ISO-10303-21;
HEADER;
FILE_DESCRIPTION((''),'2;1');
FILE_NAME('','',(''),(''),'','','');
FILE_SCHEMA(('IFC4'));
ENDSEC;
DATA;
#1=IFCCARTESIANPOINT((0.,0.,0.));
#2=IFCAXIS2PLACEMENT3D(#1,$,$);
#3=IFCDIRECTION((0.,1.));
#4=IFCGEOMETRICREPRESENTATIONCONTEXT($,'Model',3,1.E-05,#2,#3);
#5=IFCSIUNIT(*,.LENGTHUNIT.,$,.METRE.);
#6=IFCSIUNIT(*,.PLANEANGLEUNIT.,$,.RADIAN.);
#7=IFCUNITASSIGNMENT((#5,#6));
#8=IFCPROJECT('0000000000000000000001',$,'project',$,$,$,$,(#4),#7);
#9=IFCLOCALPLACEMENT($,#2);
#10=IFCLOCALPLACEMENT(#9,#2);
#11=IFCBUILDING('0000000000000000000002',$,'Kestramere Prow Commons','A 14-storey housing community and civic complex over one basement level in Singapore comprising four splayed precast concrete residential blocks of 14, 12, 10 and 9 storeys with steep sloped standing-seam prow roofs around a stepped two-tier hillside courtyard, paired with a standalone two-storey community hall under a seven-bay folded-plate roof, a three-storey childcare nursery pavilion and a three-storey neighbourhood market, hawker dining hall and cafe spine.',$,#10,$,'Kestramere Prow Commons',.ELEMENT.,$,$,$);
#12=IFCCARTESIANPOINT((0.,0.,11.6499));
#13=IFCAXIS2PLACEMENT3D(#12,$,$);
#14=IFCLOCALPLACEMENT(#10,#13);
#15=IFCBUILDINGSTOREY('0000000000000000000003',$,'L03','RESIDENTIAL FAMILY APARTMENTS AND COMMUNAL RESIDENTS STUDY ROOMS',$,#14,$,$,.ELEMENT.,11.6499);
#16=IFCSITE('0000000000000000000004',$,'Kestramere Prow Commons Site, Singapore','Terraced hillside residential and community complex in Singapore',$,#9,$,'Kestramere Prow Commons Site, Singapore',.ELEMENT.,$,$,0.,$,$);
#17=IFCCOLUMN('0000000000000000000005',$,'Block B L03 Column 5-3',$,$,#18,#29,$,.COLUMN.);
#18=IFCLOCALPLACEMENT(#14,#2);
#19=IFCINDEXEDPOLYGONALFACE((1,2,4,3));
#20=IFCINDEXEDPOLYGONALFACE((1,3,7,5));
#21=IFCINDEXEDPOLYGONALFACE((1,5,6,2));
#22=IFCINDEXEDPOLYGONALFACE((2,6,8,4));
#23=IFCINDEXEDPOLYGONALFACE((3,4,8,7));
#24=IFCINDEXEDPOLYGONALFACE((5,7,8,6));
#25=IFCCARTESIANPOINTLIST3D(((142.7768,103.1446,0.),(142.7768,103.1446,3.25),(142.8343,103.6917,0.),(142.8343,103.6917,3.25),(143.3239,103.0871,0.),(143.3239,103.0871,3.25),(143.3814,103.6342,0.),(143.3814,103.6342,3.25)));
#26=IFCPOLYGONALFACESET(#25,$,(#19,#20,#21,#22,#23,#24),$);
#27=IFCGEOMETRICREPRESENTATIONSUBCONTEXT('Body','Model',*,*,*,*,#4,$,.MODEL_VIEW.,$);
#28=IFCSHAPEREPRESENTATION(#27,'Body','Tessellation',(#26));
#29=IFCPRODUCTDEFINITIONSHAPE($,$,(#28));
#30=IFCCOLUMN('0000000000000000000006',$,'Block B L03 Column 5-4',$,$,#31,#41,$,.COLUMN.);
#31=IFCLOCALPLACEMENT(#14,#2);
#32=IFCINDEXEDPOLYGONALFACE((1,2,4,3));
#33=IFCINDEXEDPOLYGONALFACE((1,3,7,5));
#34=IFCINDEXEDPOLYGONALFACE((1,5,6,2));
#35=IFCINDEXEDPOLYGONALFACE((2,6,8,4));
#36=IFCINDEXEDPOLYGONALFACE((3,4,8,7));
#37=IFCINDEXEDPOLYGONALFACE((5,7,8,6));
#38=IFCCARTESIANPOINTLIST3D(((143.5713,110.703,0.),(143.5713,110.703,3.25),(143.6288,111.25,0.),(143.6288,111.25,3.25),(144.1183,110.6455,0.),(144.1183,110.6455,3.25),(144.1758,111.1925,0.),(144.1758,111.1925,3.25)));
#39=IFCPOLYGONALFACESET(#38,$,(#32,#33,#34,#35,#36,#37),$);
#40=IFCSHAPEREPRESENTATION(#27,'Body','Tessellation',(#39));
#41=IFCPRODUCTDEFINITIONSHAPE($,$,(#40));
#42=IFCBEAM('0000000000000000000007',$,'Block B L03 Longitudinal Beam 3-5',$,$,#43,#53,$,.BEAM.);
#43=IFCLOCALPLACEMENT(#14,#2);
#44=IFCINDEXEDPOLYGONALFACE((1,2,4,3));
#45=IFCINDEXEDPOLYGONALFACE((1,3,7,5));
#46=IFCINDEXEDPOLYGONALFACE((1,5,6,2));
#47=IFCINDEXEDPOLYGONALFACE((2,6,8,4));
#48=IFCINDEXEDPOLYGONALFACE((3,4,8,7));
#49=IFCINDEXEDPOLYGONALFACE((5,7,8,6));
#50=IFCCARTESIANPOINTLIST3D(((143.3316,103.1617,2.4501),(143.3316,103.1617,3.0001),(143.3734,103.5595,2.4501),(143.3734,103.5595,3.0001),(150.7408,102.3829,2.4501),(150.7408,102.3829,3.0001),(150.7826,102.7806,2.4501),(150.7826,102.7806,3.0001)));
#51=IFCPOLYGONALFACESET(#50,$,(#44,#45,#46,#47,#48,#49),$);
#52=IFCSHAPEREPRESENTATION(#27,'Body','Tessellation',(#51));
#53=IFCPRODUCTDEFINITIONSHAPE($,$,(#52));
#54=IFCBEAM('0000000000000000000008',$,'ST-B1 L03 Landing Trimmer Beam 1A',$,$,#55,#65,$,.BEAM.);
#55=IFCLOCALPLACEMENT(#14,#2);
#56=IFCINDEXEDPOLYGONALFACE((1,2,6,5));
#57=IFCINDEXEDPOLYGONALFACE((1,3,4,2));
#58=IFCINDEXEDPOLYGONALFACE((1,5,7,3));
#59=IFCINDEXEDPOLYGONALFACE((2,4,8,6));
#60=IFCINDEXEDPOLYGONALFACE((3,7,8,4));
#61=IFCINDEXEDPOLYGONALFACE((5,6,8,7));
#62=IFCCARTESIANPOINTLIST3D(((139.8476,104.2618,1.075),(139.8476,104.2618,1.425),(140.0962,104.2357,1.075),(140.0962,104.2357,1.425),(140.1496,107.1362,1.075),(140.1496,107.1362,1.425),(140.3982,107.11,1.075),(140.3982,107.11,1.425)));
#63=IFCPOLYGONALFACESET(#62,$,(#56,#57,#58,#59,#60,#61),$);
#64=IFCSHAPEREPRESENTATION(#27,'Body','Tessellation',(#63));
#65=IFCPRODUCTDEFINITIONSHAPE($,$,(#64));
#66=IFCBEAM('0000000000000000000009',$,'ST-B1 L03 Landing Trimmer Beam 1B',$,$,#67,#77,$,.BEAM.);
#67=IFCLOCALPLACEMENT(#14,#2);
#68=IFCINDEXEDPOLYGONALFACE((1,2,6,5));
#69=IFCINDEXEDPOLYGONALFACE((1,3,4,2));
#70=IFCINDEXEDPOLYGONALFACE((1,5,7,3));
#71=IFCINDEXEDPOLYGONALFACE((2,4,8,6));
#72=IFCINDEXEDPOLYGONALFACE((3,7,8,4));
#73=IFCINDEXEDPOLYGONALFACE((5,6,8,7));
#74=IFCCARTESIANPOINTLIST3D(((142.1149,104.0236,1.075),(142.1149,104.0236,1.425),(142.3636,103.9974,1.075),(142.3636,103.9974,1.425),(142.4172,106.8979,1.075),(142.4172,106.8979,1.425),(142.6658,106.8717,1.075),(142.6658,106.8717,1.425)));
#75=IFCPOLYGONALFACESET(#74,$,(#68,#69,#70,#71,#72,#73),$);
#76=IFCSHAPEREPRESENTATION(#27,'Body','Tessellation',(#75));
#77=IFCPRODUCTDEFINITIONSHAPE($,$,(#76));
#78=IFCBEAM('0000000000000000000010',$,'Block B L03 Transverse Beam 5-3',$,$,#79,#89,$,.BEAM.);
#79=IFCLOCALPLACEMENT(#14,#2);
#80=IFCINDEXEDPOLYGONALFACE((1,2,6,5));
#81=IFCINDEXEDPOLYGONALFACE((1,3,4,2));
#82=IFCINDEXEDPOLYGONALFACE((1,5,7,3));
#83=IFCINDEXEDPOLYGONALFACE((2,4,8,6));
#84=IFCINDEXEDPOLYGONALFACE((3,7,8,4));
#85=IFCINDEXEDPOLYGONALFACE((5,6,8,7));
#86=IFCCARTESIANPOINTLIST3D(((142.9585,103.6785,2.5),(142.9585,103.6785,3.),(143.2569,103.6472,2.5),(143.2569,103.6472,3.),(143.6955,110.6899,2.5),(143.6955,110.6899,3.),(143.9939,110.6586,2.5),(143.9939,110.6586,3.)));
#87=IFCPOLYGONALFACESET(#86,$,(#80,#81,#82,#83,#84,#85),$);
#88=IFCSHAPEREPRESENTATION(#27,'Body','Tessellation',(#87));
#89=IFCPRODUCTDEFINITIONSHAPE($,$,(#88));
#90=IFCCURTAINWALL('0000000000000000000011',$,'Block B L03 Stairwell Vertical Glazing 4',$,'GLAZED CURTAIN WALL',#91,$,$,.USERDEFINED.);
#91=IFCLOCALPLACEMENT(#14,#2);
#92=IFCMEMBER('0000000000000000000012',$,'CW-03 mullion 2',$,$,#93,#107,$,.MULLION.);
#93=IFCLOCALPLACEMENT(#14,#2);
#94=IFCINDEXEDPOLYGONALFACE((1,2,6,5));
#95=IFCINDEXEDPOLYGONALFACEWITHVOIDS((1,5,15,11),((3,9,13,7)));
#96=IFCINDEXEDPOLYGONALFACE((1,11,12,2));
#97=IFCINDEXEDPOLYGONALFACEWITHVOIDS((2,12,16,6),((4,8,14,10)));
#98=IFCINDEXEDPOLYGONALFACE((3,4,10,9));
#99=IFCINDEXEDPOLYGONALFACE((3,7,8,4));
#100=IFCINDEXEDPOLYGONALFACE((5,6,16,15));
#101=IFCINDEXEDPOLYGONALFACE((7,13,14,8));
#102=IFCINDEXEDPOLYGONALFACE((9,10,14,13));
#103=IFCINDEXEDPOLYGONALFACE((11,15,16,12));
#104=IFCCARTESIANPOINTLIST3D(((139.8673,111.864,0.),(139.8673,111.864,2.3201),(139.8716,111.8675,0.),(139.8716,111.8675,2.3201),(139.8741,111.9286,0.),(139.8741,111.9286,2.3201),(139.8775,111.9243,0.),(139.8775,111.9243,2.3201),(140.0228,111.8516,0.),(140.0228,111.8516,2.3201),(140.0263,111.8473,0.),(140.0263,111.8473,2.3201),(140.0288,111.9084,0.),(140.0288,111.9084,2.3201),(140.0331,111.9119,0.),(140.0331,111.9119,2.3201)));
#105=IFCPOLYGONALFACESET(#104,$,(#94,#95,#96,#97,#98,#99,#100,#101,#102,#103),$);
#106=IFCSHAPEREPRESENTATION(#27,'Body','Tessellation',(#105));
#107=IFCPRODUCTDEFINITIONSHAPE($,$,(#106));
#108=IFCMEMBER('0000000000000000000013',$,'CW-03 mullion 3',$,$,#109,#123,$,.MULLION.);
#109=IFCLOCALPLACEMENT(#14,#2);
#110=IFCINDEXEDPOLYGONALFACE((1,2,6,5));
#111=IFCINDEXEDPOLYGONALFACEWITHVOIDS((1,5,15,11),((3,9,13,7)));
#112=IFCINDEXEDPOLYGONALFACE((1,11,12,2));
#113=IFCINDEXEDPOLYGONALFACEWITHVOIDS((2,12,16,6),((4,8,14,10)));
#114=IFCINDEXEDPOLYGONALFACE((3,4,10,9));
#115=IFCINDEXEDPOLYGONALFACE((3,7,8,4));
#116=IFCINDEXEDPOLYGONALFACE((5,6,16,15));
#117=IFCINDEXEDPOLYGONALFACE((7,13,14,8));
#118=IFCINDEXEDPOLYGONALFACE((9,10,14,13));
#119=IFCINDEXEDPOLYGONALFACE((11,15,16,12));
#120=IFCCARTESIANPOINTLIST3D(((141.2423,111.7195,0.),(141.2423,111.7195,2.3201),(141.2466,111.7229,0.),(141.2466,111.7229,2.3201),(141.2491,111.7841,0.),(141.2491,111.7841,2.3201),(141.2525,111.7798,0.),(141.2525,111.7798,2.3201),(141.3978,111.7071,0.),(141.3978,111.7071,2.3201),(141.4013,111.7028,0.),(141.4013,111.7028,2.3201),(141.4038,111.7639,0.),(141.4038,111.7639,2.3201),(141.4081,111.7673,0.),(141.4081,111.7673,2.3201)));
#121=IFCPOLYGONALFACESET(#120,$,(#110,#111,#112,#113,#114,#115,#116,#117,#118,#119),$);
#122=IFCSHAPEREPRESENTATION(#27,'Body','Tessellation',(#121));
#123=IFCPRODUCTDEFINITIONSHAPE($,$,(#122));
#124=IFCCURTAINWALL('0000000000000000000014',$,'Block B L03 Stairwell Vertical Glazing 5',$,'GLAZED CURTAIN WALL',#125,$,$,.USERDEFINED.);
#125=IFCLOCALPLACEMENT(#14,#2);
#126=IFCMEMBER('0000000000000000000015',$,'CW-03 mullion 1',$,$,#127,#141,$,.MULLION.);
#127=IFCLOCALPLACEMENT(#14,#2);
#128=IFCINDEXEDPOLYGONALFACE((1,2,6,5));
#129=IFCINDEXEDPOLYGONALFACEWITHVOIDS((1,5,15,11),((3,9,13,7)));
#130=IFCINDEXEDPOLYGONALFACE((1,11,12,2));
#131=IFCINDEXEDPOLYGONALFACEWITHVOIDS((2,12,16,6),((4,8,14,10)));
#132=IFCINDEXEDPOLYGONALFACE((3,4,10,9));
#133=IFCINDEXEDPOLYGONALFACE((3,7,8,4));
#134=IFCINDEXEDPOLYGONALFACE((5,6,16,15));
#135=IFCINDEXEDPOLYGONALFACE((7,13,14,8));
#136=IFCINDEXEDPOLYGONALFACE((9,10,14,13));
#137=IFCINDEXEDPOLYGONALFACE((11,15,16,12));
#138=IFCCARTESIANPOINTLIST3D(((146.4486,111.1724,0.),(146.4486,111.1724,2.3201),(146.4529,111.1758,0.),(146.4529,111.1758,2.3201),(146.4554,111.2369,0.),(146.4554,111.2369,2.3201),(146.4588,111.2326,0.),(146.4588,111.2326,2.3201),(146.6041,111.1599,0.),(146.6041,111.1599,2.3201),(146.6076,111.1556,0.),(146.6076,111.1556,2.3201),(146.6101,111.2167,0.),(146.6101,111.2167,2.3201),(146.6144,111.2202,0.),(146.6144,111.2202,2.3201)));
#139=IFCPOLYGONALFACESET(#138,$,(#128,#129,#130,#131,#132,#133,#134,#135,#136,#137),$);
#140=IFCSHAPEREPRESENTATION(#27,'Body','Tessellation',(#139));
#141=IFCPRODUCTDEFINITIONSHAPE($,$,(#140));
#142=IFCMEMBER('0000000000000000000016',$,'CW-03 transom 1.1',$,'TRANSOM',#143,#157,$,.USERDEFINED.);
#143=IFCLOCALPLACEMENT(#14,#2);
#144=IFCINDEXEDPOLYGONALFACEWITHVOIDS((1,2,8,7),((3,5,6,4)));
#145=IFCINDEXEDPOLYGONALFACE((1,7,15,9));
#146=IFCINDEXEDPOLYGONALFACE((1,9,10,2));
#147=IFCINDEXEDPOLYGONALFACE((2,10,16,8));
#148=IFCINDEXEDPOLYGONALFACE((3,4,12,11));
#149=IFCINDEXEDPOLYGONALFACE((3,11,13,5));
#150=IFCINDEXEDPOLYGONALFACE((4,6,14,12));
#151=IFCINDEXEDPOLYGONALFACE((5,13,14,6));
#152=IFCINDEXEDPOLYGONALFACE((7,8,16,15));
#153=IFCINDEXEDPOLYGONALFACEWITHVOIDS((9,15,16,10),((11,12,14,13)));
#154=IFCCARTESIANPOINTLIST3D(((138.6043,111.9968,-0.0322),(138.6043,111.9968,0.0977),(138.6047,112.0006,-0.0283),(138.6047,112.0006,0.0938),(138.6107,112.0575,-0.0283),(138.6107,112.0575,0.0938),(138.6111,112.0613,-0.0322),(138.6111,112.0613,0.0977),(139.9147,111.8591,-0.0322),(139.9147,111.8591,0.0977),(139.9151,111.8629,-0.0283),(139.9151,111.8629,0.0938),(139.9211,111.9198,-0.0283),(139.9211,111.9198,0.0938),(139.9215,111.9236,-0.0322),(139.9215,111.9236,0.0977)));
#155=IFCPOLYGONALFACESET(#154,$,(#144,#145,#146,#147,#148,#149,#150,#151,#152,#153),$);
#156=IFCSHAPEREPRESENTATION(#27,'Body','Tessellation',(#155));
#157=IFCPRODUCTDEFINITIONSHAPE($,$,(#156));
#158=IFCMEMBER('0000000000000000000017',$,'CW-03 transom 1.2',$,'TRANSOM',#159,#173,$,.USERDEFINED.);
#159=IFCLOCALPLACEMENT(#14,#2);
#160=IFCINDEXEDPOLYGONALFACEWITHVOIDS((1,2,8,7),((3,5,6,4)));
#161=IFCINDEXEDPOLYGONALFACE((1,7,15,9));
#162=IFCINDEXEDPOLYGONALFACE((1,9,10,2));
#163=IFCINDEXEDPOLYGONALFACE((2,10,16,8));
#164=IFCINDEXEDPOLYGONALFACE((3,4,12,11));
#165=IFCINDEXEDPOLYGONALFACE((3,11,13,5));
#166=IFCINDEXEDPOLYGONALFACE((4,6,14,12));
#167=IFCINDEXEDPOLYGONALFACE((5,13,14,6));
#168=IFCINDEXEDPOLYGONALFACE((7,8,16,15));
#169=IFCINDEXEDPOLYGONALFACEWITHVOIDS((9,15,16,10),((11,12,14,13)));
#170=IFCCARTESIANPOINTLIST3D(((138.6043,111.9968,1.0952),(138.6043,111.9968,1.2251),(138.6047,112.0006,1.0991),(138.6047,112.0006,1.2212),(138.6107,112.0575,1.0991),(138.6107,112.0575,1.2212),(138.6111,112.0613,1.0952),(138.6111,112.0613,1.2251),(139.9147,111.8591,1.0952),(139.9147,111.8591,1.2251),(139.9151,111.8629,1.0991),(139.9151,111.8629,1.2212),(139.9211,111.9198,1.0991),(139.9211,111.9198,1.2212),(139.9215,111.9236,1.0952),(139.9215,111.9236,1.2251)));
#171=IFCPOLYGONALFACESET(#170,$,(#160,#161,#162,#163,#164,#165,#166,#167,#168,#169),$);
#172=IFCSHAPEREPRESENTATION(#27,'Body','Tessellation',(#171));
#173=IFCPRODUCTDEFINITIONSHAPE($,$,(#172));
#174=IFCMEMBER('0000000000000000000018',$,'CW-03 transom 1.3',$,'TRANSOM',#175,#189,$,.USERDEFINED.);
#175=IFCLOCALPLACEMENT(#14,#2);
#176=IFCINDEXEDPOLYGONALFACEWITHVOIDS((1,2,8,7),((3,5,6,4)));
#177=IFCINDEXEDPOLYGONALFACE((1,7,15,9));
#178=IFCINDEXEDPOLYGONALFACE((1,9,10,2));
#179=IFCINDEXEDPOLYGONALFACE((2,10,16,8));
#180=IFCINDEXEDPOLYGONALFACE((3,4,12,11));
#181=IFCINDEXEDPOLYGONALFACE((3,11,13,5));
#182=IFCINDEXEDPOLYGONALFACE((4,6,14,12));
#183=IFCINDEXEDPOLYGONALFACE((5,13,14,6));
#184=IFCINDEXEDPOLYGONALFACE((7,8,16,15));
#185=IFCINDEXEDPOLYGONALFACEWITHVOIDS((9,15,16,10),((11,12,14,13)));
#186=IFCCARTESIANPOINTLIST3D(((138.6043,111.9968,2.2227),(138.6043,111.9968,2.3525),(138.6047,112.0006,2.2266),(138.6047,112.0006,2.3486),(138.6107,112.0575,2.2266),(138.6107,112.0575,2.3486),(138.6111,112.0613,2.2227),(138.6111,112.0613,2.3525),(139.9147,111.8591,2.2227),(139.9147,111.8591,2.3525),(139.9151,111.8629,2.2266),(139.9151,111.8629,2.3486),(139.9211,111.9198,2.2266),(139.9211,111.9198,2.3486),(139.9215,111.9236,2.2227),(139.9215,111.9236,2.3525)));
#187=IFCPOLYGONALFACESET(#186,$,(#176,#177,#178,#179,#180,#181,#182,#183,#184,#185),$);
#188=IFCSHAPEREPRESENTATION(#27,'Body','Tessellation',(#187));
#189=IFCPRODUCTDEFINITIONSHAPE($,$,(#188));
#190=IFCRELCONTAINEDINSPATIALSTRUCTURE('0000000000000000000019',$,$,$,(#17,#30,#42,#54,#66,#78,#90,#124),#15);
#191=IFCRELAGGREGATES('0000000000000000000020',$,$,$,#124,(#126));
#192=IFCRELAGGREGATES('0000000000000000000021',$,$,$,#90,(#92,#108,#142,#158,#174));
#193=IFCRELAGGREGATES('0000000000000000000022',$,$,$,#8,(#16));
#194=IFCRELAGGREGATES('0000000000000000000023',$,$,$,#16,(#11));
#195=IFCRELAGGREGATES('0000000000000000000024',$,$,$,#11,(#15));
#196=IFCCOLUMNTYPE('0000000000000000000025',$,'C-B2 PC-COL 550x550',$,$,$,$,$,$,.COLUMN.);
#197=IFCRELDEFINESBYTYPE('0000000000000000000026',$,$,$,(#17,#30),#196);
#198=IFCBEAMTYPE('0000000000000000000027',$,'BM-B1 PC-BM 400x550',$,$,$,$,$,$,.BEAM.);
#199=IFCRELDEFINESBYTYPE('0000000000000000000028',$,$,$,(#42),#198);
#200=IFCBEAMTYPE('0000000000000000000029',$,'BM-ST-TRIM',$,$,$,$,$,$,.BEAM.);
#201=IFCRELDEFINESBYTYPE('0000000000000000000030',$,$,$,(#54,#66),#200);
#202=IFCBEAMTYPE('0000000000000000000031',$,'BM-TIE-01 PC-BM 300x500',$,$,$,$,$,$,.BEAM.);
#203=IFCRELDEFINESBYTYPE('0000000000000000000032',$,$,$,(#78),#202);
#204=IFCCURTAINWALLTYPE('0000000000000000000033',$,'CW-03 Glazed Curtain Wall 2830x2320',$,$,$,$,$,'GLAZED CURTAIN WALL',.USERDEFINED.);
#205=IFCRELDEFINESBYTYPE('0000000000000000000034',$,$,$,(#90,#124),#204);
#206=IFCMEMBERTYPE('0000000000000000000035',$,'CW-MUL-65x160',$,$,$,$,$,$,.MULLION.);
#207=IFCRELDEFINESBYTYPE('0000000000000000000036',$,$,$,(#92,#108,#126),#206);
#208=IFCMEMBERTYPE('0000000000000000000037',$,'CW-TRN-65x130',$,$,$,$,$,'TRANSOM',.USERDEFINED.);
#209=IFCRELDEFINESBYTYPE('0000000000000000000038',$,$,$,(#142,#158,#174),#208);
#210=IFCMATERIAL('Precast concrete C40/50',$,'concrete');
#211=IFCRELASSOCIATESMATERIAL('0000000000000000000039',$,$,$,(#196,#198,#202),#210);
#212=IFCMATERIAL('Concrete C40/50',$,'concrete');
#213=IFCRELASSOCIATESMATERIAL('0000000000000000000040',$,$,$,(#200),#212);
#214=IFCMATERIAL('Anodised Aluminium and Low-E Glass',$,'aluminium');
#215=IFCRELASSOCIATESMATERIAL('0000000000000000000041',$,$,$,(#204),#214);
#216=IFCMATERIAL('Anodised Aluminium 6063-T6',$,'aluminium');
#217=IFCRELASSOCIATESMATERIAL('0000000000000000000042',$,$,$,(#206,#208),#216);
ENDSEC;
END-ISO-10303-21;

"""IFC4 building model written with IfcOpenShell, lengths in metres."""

from ifc_helpers import new_model, si_unit, direction, frame, origin, origin_2d, place, context, subcontext, project, spatial, rectangle, hollow_rectangle, extrude, material, material_profile, profile_set, type_object, element, aggregate, save


model = new_model("IFC4")

# Units and contexts
model_context = context("Model", 3, precision=1e-05, world=origin(), true_north=direction((0.0, 1.0)))
body_context = subcontext(model_context, "Body", "Model", "MODEL_VIEW")
ifc_project = project(units=[si_unit("LENGTHUNIT", "METRE"), si_unit("PLANEANGLEUNIT", "RADIAN")], contexts=[model_context])

# Site, building, storey
site_placement = place(None, origin())
site = spatial("IfcSite", under=ifc_project, at=site_placement, Name="Kestramere Prow Commons Site, Singapore", Description="Terraced hillside residential and community complex in Singapore", LongName="Kestramere Prow Commons Site, Singapore", CompositionType="ELEMENT", RefElevation=0.0)
building_placement = place(site_placement, origin())
building = spatial("IfcBuilding", under=site, at=building_placement, Name="Kestramere Prow Commons", Description="A 14-storey housing community and civic complex over one basement level in Singapore comprising four splayed precast concrete residential blocks of 14, 12, 10 and 9 storeys with steep sloped standing-seam prow roofs around a stepped two-tier hillside courtyard, paired with a standalone two-storey community hall under a seven-bay folded-plate roof, a three-storey childcare nursery pavilion and a three-storey neighbourhood market, hawker dining hall and cafe spine.", LongName="Kestramere Prow Commons", CompositionType="ELEMENT")
storey_placement = place(building_placement, frame((0.0, 0.0, 11.6499)))
storey = spatial("IfcBuildingStorey", under=building, at=storey_placement, Name="L03", Description="RESIDENTIAL FAMILY APARTMENTS AND COMMUNAL RESIDENTS STUDY ROOMS", CompositionType="ELEMENT", Elevation=11.6499)

# Columns
ifc_material_1 = material(Name="Precast concrete C40/50", Category="concrete")
ifc_material_profile_1 = material_profile(ifc_material_1, rectangle(XDim=0.55, YDim=0.55, at=origin_2d()), Name="PC-COL 550x550")
ifc_profile_set_1 = profile_set([ifc_material_profile_1], Name="Precast concrete C40/50")
column_type = type_object("IfcColumnType", Name="C-B2 PC-COL 550x550", PredefinedType="COLUMN", material=ifc_profile_set_1)
for number, where, z_axis, x_axis, name in (
    (1, (143.0791, 103.3894, 0.0), (0.0, 0.0, 1.0), (0.994522, -0.104528, 0.0), "Block B L03 Column 5-3"),
    (2, (143.8735, 110.9478, 0.0), (0.0, 0.0, 1.0), (0.994522, -0.104528, 0.0), "Block B L03 Column 5-4"),
):
    element("IfcColumn", number, at=place(storey_placement, frame(where, z_axis=z_axis, x_axis=x_axis)), inside=storey, type_object=column_type, Name=name, PredefinedType="COLUMN", context=body_context, shape_type="SweptSolid", body=[
        extrude(rectangle(XDim=0.55, YDim=0.55, at=origin_2d()), origin(), (0.0, 0.0, 1.0), 3.25),
    ])

# Beams
ifc_material_profile_2 = material_profile(ifc_material_1, rectangle(XDim=0.3999, YDim=0.55, at=origin_2d()), Name="PC-BM 400x550")
ifc_profile_set_2 = profile_set([ifc_material_profile_2], Name="Precast concrete C40/50")
beam_type_1 = type_object("IfcBeamType", Name="BM-B1 PC-BM 400x550", PredefinedType="BEAM", material=ifc_profile_set_2)
beam_1_placement = place(storey_placement, frame((143.3525, 103.3606, 2.7251), z_axis=(0.994521, -0.104538, 0.0), x_axis=(0.104538, 0.994521, 0.0)))
element("IfcBeam", 3, at=beam_1_placement, inside=storey, type_object=beam_type_1, Name="Block B L03 Longitudinal Beam 3-5", PredefinedType="BEAM", context=body_context, shape_type="SweptSolid", body=[
    extrude(rectangle(XDim=0.3999, YDim=0.55, at=origin_2d()), origin(), (0.0, 0.0, 1.0), 7.45),
])
ifc_material_2 = material(Name="Concrete C40/50", Category="concrete")
ifc_material_profile_3 = material_profile(ifc_material_2, rectangle(XDim=0.25, YDim=0.3501, at=origin_2d()), Name="PC-BM 250x350")
ifc_profile_set_3 = profile_set([ifc_material_profile_3], Name="Concrete C40/50")
beam_type_2 = type_object("IfcBeamType", Name="BM-ST-TRIM", PredefinedType="BEAM", material=ifc_profile_set_3)
for number, where, z_axis, x_axis, name in (
    (4, (139.9719, 104.2488, 1.25), (0.104496, 0.994525, 0.0), (-0.994525, 0.104496, 0.0), "ST-B1 L03 Landing Trimmer Beam 1A"),
    (5, (142.2393, 104.0105, 1.25), (0.104579, 0.994517, 0.0), (-0.994517, 0.104579, 0.0), "ST-B1 L03 Landing Trimmer Beam 1B"),
):
    element("IfcBeam", number, at=place(storey_placement, frame(where, z_axis=z_axis, x_axis=x_axis)), inside=storey, type_object=beam_type_2, Name=name, PredefinedType="BEAM", context=body_context, shape_type="SweptSolid", body=[
        extrude(rectangle(XDim=0.25, YDim=0.3501, at=origin_2d()), origin(), (0.0, 0.0, 1.0), 2.8901),
    ])
ifc_material_profile_4 = material_profile(ifc_material_1, rectangle(XDim=0.3, YDim=0.5, at=origin_2d()), Name="PC-BM 300x500")
ifc_profile_set_4 = profile_set([ifc_material_profile_4], Name="Precast concrete C40/50")
beam_type_3 = type_object("IfcBeamType", Name="BM-TIE-01 PC-BM 300x500", PredefinedType="BEAM", material=ifc_profile_set_4)
beam_2_placement = place(storey_placement, frame((143.1077, 103.6628, 2.75), z_axis=(0.104546, 0.99452, 0.0), x_axis=(-0.99452, 0.104546, 0.0)))
element("IfcBeam", 6, at=beam_2_placement, inside=storey, type_object=beam_type_3, Name="Block B L03 Transverse Beam 5-3", PredefinedType="BEAM", context=body_context, shape_type="SweptSolid", body=[
    extrude(rectangle(XDim=0.3, YDim=0.5, at=origin_2d()), origin(), (0.0, 0.0, 1.0), 7.05),
])

# Curtain wall, members
ifc_material_3 = material(Name="Anodised Aluminium and Low-E Glass", Category="aluminium")
curtain_wall_type = type_object("IfcCurtainWallType", Name="CW-03 Glazed Curtain Wall 2830x2320", ElementType="GLAZED CURTAIN WALL", PredefinedType="USERDEFINED", material=ifc_material_3)
curtain_wall_1_placement = place(storey_placement, origin())
curtain_wall_1 = element("IfcCurtainWall", 7, at=curtain_wall_1_placement, inside=storey, type_object=curtain_wall_type, Name="Block B L03 Stairwell Vertical Glazing 4", ObjectType="GLAZED CURTAIN WALL", PredefinedType="USERDEFINED")
ifc_material_4 = material(Name="Anodised Aluminium 6063-T6", Category="aluminium")
ifc_material_profile_5 = material_profile(ifc_material_4, hollow_rectangle(XDim=0.0649, YDim=0.1599, WallThickness=0.0039, at=origin_2d()), Name="ALU-MUL 65x160")
ifc_profile_set_5 = profile_set([ifc_material_profile_5], Name="Anodised Aluminium 6063-T6")
member_type_1 = type_object("IfcMemberType", Name="CW-MUL-65x160", PredefinedType="MULLION", material=ifc_profile_set_5)
member_1_placement = place(storey_placement, frame((139.9502, 111.8879, 0.0), z_axis=(0.0, 0.0, 1.0), x_axis=(0.104529, 0.994522, 0.0)))
member_1 = element("IfcMember", 8, at=member_1_placement, type_object=member_type_1, Name="CW-03 mullion 2", PredefinedType="MULLION", context=body_context, shape_type="SweptSolid", body=[
    extrude(hollow_rectangle(XDim=0.0649, YDim=0.1599, WallThickness=0.0039, at=origin_2d()), origin(), (0.0, 0.0, 1.0), 2.3201),
])
member_2_placement = place(storey_placement, frame((141.3252, 111.7434, 0.0), z_axis=(0.0, 0.0, 1.0), x_axis=(0.104529, 0.994522, 0.0)))
member_2 = element("IfcMember", 9, at=member_2_placement, type_object=member_type_1, Name="CW-03 mullion 3", PredefinedType="MULLION", context=body_context, shape_type="SweptSolid", body=[
    extrude(hollow_rectangle(XDim=0.0649, YDim=0.1599, WallThickness=0.0039, at=origin_2d()), origin(), (0.0, 0.0, 1.0), 2.3201),
])

# Curtain wall, member
curtain_wall_2_placement = place(storey_placement, origin())
curtain_wall_2 = element("IfcCurtainWall", 10, at=curtain_wall_2_placement, inside=storey, type_object=curtain_wall_type, Name="Block B L03 Stairwell Vertical Glazing 5", ObjectType="GLAZED CURTAIN WALL", PredefinedType="USERDEFINED")
member_3_placement = place(storey_placement, frame((146.5315, 111.1963, 0.0), z_axis=(0.0, 0.0, 1.0), x_axis=(0.104528, 0.994522, 0.0)))
member_3 = element("IfcMember", 11, at=member_3_placement, type_object=member_type_1, Name="CW-03 mullion 1", PredefinedType="MULLION", context=body_context, shape_type="SweptSolid", body=[
    extrude(hollow_rectangle(XDim=0.0649, YDim=0.1599, WallThickness=0.0039, at=origin_2d()), origin(), (0.0, 0.0, 1.0), 2.3201),
])
aggregate(curtain_wall_2, [member_3])

# Members
ifc_material_profile_6 = material_profile(ifc_material_4, hollow_rectangle(XDim=0.0649, YDim=0.1299, WallThickness=0.0039, at=origin_2d()), Name="ALU-TRN 65x130")
ifc_profile_set_6 = profile_set([ifc_material_profile_6], Name="Anodised Aluminium 6063-T6")
member_type_2 = type_object("IfcMemberType", Name="CW-TRN-65x130", ElementType="TRANSOM", PredefinedType="USERDEFINED", material=ifc_profile_set_6)
member_4_placement = place(storey_placement, frame((138.6077, 112.0291, 0.0327), z_axis=(0.994524, -0.104511, 0.0), x_axis=(0.104511, 0.994524, 0.0)))
member_4 = element("IfcMember", 12, at=member_4_placement, type_object=member_type_2, Name="CW-03 transom 1.1", ObjectType="TRANSOM", PredefinedType="USERDEFINED", context=body_context, shape_type="SweptSolid", body=[
    extrude(hollow_rectangle(XDim=0.0649, YDim=0.1299, WallThickness=0.0039, at=origin_2d()), origin(), (0.0, 0.0, 1.0), 1.3176),
])
member_5_placement = place(storey_placement, frame((138.6077, 112.0291, 1.1602), z_axis=(0.994524, -0.104511, 0.0), x_axis=(0.104511, 0.994524, 0.0)))
member_5 = element("IfcMember", 13, at=member_5_placement, type_object=member_type_2, Name="CW-03 transom 1.2", ObjectType="TRANSOM", PredefinedType="USERDEFINED", context=body_context, shape_type="SweptSolid", body=[
    extrude(hollow_rectangle(XDim=0.0649, YDim=0.1299, WallThickness=0.0039, at=origin_2d()), origin(), (0.0, 0.0, 1.0), 1.3176),
])
member_6_placement = place(storey_placement, frame((138.6077, 112.0291, 2.2876), z_axis=(0.994524, -0.104511, 0.0), x_axis=(0.104511, 0.994524, 0.0)))
member_6 = element("IfcMember", 14, at=member_6_placement, type_object=member_type_2, Name="CW-03 transom 1.3", ObjectType="TRANSOM", PredefinedType="USERDEFINED", context=body_context, shape_type="SweptSolid", body=[
    extrude(hollow_rectangle(XDim=0.0649, YDim=0.1299, WallThickness=0.0039, at=origin_2d()), origin(), (0.0, 0.0, 1.0), 1.3176),
])

aggregate(curtain_wall_1, [member_1, member_2, member_4, member_5, member_6])

save(model, "model.ifc")
